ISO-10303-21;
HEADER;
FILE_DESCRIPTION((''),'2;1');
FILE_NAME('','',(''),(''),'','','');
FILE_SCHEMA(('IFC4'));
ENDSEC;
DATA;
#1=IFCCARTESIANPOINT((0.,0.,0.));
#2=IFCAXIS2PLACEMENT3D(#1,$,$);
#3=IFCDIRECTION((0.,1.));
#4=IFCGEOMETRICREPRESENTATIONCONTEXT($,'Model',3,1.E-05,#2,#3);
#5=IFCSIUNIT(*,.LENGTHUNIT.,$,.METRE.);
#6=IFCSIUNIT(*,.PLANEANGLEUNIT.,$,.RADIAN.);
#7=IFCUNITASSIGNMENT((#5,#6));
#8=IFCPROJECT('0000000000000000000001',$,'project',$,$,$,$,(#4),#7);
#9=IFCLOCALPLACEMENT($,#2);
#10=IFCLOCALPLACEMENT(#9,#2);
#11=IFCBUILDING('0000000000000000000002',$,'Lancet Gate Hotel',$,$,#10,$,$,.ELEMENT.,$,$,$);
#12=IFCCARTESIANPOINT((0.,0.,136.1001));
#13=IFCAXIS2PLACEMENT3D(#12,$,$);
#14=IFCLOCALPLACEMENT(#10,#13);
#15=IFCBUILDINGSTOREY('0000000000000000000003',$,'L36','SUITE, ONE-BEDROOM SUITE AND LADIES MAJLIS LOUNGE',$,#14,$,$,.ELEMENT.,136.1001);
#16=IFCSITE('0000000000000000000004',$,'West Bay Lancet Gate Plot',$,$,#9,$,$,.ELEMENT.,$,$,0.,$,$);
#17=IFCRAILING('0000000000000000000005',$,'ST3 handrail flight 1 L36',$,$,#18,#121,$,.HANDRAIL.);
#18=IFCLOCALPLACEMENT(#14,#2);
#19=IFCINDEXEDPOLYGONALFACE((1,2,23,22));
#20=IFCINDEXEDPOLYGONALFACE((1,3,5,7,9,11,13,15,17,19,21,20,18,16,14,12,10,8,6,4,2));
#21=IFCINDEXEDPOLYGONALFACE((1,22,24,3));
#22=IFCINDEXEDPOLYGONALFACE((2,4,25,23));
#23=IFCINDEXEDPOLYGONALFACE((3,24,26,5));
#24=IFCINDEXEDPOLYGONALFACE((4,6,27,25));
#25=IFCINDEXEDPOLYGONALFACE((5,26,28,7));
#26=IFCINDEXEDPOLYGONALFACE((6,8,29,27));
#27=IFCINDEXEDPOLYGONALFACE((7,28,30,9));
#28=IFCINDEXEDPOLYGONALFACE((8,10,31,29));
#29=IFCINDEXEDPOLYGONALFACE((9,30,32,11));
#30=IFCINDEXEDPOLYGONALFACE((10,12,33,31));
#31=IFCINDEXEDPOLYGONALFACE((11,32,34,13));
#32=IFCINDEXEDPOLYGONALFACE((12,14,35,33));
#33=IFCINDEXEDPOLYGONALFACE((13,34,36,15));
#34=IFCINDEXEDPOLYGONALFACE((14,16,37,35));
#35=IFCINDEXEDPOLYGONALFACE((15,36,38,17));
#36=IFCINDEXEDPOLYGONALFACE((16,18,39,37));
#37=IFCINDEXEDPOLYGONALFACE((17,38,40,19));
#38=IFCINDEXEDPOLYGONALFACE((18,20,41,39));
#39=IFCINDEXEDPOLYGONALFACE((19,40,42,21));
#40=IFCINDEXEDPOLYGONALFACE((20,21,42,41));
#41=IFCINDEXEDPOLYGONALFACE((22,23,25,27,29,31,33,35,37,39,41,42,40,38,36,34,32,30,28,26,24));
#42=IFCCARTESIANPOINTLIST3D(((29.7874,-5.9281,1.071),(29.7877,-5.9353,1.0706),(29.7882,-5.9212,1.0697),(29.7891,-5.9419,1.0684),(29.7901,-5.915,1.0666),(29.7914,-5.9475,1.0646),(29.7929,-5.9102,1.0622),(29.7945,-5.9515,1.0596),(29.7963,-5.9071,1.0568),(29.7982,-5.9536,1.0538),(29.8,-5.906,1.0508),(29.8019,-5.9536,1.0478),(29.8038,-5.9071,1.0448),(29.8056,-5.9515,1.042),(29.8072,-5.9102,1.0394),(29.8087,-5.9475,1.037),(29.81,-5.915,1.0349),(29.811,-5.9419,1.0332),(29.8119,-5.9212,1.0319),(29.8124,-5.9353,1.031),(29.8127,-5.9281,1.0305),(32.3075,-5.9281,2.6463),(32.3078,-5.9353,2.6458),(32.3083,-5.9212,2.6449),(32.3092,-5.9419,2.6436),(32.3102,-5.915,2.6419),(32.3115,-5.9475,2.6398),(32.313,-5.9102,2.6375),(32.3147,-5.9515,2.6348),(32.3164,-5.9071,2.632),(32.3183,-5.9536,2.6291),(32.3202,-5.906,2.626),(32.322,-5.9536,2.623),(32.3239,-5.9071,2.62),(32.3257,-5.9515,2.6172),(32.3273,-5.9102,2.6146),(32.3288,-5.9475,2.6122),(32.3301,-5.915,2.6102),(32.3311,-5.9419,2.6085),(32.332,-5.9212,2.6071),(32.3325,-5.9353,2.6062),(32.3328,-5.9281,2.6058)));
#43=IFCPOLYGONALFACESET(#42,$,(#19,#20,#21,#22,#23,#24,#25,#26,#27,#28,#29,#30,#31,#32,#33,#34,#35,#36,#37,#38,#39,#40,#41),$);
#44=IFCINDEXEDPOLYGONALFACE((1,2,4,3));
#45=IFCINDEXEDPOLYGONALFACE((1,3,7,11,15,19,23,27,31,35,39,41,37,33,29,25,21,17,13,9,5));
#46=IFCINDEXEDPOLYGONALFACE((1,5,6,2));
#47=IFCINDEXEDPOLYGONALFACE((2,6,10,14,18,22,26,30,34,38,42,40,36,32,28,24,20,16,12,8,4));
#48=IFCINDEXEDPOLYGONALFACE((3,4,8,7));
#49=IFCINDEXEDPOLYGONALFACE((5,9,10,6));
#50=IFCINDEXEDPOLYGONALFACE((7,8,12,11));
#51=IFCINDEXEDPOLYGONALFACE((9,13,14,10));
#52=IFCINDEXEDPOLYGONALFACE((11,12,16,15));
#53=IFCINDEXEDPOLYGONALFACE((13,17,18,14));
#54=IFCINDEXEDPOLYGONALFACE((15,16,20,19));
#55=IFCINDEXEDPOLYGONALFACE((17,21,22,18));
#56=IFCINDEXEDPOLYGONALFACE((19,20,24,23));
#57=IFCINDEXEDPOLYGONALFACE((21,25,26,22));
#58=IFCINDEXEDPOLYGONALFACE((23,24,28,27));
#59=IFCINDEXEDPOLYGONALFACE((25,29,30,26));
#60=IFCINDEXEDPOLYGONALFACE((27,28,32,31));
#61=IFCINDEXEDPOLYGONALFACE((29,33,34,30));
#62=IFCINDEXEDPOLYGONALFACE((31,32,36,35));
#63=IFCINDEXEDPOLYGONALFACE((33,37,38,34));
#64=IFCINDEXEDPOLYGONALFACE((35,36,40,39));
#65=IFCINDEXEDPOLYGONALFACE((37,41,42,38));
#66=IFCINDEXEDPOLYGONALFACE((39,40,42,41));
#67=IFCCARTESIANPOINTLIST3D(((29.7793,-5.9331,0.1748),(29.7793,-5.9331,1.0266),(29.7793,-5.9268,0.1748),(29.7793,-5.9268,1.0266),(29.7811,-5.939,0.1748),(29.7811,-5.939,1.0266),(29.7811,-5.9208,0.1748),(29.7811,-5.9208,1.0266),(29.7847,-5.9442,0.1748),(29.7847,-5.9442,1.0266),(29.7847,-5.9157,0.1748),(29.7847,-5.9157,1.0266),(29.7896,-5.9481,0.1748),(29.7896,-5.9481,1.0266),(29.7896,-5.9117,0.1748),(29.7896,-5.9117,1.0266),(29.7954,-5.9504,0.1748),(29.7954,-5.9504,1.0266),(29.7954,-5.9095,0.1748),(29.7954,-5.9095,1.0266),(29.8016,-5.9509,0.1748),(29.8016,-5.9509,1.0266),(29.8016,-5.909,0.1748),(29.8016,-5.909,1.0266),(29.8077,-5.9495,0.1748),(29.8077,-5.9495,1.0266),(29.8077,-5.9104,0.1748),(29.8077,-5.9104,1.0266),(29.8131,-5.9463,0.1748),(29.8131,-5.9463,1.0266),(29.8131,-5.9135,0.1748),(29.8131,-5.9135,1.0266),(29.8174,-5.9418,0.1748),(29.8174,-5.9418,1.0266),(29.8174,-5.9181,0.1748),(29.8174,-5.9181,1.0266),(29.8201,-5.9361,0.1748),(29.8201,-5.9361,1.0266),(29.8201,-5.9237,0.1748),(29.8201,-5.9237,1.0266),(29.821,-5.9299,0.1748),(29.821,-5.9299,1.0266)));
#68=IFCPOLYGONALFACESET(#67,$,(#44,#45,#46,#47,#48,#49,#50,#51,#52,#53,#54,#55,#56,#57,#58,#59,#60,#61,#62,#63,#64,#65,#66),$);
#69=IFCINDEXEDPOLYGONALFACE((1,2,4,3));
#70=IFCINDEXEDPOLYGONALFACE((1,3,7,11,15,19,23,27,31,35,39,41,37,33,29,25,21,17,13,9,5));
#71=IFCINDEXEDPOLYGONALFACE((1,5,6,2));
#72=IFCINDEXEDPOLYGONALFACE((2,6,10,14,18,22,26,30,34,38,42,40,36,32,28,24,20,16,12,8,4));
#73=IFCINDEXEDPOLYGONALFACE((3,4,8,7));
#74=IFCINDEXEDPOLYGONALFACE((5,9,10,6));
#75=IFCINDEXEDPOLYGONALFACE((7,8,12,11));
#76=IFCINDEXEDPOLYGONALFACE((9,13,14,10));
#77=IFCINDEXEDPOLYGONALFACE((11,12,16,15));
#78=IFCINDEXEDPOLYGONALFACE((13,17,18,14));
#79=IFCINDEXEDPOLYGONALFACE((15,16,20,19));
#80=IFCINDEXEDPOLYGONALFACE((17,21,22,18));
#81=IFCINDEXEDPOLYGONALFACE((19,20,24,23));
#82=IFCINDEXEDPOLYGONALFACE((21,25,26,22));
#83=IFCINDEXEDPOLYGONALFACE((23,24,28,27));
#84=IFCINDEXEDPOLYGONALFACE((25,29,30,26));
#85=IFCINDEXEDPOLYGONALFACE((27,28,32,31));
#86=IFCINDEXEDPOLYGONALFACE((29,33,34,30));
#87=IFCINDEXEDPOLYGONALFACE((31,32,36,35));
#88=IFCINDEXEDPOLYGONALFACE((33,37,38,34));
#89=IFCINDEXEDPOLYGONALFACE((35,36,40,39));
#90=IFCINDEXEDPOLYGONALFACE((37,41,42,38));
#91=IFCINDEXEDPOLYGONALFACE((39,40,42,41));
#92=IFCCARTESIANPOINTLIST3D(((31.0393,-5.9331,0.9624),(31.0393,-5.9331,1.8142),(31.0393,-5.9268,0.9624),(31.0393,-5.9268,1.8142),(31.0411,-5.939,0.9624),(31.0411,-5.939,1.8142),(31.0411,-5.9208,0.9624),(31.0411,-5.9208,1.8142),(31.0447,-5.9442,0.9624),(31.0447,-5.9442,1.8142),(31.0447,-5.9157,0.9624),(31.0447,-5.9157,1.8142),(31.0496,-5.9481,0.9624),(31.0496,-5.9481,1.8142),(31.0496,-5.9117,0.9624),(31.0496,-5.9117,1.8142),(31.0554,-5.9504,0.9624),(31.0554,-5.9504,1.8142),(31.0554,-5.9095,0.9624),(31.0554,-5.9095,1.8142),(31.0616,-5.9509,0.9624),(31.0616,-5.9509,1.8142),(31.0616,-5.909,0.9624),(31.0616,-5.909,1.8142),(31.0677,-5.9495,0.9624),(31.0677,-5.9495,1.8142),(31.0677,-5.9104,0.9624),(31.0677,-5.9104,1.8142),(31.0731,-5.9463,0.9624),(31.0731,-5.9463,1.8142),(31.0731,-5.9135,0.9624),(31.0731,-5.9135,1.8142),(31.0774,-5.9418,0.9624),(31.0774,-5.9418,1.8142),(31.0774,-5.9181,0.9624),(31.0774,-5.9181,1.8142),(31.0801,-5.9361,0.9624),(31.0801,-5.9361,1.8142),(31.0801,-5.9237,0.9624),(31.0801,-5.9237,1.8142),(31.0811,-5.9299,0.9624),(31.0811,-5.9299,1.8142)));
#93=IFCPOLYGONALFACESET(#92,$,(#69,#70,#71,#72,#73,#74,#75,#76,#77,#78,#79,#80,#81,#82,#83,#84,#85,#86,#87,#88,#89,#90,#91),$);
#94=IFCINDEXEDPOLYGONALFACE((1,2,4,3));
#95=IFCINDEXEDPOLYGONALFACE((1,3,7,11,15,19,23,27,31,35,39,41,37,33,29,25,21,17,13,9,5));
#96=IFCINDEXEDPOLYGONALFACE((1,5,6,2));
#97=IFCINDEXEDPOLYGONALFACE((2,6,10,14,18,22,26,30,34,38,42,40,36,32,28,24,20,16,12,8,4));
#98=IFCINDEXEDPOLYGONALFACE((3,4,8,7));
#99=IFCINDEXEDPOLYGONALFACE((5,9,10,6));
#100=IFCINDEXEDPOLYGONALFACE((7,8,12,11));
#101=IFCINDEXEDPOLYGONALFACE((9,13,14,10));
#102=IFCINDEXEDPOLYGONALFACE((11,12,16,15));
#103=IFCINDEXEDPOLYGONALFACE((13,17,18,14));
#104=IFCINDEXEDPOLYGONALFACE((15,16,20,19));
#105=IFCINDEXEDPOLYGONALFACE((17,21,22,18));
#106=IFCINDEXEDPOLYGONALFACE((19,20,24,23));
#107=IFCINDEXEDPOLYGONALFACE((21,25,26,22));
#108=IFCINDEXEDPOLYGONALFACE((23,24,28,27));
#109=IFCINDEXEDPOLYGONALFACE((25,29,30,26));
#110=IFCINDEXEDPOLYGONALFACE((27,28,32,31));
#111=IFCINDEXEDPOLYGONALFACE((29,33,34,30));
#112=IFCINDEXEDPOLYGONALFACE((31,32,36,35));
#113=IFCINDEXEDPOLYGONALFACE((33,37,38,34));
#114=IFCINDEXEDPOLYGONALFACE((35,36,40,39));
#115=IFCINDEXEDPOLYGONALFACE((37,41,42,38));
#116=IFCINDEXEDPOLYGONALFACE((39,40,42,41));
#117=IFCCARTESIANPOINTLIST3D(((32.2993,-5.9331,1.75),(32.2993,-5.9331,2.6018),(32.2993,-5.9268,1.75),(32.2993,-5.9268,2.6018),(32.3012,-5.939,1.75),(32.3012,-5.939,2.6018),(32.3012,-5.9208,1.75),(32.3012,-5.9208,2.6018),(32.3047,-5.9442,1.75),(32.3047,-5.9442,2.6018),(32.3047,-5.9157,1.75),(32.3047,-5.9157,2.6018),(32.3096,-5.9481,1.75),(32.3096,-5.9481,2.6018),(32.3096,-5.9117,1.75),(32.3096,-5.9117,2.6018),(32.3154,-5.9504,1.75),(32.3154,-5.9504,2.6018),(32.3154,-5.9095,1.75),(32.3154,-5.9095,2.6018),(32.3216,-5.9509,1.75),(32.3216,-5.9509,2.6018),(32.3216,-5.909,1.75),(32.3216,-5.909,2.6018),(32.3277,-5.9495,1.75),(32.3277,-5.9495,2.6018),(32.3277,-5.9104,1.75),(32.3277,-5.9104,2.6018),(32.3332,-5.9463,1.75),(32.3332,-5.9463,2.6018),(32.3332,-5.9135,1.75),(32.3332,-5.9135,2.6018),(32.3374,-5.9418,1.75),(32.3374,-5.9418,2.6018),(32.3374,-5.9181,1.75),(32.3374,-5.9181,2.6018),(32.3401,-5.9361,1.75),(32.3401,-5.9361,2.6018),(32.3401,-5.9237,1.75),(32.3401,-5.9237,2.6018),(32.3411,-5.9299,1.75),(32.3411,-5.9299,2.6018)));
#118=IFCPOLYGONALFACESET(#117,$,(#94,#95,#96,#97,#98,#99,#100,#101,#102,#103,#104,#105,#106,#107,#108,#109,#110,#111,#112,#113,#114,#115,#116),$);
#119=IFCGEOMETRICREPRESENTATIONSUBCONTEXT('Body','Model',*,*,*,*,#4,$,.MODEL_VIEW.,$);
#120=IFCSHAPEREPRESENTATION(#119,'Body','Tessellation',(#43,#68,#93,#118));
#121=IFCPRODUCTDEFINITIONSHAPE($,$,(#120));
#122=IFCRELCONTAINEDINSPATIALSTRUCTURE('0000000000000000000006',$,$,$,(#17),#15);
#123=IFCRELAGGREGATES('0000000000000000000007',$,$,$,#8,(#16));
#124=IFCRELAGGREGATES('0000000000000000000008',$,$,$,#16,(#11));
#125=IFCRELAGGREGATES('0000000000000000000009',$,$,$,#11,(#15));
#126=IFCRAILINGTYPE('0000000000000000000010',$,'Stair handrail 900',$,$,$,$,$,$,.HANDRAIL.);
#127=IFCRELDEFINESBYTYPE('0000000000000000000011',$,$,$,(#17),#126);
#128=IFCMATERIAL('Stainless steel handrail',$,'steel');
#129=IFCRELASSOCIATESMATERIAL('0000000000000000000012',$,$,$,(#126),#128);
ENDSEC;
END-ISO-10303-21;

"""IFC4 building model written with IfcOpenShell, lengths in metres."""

from ifc_helpers import new_model, si_unit, direction, frame, origin, origin_2d, place, context, subcontext, project, spatial, circle, extrude, material, type_object, element, save


model = new_model("IFC4")

# Units and contexts
model_context = context("Model", 3, precision=1e-05, world=origin(), true_north=direction((0.0, 1.0)))
body_context = subcontext(model_context, "Body", "Model", "MODEL_VIEW")
ifc_project = project(units=[si_unit("LENGTHUNIT", "METRE"), si_unit("PLANEANGLEUNIT", "RADIAN")], contexts=[model_context])

# Site, building, storey
site_placement = place(None, origin())
site = spatial("IfcSite", under=ifc_project, at=site_placement, Name="West Bay Lancet Gate Plot", CompositionType="ELEMENT", RefElevation=0.0)
building_placement = place(site_placement, origin())
building = spatial("IfcBuilding", under=site, at=building_placement, Name="Lancet Gate Hotel", CompositionType="ELEMENT")
storey_placement = place(building_placement, frame((0.0, 0.0, 136.1001)))
storey = spatial("IfcBuildingStorey", under=building, at=storey_placement, Name="L36", Description="SUITE, ONE-BEDROOM SUITE AND LADIES MAJLIS LOUNGE", CompositionType="ELEMENT", Elevation=136.1001)

# Railing
ifc_material_1 = material(Name="Stainless steel handrail", Category="steel")
railing_type = type_object("IfcRailingType", Name="Stair handrail 900", PredefinedType="HANDRAIL", material=ifc_material_1)
railing_1_placement = place(storey_placement, frame((29.8, -5.9299, 0.1748)))
element("IfcRailing", 1, at=railing_1_placement, inside=storey, type_object=railing_type, Name="ST3 handrail flight 1 L36", PredefinedType="HANDRAIL", context=body_context, shape_type="SweptSolid", body=[
    extrude(circle(Radius=0.0239, at=origin_2d()), frame((0.0, 0.0, 0.876), z_axis=(0.847971, 0.0, 0.530043), x_axis=(0.0, 1.0, 0.0)), (0.0, 0.0, 1.0), 2.9719),
    extrude(circle(Radius=0.021, at=origin_2d()), origin(), (0.0, 0.0, 1.0), 0.8518),
    extrude(circle(Radius=0.021, at=origin_2d()), frame((1.26, 0.0, 0.7876)), (0.0, 0.0, 1.0), 0.8518),
    extrude(circle(Radius=0.021, at=origin_2d()), frame((2.52, 0.0, 1.5752)), (0.0, 0.0, 1.0), 0.8518),
])

save(model, "model.ifc")
